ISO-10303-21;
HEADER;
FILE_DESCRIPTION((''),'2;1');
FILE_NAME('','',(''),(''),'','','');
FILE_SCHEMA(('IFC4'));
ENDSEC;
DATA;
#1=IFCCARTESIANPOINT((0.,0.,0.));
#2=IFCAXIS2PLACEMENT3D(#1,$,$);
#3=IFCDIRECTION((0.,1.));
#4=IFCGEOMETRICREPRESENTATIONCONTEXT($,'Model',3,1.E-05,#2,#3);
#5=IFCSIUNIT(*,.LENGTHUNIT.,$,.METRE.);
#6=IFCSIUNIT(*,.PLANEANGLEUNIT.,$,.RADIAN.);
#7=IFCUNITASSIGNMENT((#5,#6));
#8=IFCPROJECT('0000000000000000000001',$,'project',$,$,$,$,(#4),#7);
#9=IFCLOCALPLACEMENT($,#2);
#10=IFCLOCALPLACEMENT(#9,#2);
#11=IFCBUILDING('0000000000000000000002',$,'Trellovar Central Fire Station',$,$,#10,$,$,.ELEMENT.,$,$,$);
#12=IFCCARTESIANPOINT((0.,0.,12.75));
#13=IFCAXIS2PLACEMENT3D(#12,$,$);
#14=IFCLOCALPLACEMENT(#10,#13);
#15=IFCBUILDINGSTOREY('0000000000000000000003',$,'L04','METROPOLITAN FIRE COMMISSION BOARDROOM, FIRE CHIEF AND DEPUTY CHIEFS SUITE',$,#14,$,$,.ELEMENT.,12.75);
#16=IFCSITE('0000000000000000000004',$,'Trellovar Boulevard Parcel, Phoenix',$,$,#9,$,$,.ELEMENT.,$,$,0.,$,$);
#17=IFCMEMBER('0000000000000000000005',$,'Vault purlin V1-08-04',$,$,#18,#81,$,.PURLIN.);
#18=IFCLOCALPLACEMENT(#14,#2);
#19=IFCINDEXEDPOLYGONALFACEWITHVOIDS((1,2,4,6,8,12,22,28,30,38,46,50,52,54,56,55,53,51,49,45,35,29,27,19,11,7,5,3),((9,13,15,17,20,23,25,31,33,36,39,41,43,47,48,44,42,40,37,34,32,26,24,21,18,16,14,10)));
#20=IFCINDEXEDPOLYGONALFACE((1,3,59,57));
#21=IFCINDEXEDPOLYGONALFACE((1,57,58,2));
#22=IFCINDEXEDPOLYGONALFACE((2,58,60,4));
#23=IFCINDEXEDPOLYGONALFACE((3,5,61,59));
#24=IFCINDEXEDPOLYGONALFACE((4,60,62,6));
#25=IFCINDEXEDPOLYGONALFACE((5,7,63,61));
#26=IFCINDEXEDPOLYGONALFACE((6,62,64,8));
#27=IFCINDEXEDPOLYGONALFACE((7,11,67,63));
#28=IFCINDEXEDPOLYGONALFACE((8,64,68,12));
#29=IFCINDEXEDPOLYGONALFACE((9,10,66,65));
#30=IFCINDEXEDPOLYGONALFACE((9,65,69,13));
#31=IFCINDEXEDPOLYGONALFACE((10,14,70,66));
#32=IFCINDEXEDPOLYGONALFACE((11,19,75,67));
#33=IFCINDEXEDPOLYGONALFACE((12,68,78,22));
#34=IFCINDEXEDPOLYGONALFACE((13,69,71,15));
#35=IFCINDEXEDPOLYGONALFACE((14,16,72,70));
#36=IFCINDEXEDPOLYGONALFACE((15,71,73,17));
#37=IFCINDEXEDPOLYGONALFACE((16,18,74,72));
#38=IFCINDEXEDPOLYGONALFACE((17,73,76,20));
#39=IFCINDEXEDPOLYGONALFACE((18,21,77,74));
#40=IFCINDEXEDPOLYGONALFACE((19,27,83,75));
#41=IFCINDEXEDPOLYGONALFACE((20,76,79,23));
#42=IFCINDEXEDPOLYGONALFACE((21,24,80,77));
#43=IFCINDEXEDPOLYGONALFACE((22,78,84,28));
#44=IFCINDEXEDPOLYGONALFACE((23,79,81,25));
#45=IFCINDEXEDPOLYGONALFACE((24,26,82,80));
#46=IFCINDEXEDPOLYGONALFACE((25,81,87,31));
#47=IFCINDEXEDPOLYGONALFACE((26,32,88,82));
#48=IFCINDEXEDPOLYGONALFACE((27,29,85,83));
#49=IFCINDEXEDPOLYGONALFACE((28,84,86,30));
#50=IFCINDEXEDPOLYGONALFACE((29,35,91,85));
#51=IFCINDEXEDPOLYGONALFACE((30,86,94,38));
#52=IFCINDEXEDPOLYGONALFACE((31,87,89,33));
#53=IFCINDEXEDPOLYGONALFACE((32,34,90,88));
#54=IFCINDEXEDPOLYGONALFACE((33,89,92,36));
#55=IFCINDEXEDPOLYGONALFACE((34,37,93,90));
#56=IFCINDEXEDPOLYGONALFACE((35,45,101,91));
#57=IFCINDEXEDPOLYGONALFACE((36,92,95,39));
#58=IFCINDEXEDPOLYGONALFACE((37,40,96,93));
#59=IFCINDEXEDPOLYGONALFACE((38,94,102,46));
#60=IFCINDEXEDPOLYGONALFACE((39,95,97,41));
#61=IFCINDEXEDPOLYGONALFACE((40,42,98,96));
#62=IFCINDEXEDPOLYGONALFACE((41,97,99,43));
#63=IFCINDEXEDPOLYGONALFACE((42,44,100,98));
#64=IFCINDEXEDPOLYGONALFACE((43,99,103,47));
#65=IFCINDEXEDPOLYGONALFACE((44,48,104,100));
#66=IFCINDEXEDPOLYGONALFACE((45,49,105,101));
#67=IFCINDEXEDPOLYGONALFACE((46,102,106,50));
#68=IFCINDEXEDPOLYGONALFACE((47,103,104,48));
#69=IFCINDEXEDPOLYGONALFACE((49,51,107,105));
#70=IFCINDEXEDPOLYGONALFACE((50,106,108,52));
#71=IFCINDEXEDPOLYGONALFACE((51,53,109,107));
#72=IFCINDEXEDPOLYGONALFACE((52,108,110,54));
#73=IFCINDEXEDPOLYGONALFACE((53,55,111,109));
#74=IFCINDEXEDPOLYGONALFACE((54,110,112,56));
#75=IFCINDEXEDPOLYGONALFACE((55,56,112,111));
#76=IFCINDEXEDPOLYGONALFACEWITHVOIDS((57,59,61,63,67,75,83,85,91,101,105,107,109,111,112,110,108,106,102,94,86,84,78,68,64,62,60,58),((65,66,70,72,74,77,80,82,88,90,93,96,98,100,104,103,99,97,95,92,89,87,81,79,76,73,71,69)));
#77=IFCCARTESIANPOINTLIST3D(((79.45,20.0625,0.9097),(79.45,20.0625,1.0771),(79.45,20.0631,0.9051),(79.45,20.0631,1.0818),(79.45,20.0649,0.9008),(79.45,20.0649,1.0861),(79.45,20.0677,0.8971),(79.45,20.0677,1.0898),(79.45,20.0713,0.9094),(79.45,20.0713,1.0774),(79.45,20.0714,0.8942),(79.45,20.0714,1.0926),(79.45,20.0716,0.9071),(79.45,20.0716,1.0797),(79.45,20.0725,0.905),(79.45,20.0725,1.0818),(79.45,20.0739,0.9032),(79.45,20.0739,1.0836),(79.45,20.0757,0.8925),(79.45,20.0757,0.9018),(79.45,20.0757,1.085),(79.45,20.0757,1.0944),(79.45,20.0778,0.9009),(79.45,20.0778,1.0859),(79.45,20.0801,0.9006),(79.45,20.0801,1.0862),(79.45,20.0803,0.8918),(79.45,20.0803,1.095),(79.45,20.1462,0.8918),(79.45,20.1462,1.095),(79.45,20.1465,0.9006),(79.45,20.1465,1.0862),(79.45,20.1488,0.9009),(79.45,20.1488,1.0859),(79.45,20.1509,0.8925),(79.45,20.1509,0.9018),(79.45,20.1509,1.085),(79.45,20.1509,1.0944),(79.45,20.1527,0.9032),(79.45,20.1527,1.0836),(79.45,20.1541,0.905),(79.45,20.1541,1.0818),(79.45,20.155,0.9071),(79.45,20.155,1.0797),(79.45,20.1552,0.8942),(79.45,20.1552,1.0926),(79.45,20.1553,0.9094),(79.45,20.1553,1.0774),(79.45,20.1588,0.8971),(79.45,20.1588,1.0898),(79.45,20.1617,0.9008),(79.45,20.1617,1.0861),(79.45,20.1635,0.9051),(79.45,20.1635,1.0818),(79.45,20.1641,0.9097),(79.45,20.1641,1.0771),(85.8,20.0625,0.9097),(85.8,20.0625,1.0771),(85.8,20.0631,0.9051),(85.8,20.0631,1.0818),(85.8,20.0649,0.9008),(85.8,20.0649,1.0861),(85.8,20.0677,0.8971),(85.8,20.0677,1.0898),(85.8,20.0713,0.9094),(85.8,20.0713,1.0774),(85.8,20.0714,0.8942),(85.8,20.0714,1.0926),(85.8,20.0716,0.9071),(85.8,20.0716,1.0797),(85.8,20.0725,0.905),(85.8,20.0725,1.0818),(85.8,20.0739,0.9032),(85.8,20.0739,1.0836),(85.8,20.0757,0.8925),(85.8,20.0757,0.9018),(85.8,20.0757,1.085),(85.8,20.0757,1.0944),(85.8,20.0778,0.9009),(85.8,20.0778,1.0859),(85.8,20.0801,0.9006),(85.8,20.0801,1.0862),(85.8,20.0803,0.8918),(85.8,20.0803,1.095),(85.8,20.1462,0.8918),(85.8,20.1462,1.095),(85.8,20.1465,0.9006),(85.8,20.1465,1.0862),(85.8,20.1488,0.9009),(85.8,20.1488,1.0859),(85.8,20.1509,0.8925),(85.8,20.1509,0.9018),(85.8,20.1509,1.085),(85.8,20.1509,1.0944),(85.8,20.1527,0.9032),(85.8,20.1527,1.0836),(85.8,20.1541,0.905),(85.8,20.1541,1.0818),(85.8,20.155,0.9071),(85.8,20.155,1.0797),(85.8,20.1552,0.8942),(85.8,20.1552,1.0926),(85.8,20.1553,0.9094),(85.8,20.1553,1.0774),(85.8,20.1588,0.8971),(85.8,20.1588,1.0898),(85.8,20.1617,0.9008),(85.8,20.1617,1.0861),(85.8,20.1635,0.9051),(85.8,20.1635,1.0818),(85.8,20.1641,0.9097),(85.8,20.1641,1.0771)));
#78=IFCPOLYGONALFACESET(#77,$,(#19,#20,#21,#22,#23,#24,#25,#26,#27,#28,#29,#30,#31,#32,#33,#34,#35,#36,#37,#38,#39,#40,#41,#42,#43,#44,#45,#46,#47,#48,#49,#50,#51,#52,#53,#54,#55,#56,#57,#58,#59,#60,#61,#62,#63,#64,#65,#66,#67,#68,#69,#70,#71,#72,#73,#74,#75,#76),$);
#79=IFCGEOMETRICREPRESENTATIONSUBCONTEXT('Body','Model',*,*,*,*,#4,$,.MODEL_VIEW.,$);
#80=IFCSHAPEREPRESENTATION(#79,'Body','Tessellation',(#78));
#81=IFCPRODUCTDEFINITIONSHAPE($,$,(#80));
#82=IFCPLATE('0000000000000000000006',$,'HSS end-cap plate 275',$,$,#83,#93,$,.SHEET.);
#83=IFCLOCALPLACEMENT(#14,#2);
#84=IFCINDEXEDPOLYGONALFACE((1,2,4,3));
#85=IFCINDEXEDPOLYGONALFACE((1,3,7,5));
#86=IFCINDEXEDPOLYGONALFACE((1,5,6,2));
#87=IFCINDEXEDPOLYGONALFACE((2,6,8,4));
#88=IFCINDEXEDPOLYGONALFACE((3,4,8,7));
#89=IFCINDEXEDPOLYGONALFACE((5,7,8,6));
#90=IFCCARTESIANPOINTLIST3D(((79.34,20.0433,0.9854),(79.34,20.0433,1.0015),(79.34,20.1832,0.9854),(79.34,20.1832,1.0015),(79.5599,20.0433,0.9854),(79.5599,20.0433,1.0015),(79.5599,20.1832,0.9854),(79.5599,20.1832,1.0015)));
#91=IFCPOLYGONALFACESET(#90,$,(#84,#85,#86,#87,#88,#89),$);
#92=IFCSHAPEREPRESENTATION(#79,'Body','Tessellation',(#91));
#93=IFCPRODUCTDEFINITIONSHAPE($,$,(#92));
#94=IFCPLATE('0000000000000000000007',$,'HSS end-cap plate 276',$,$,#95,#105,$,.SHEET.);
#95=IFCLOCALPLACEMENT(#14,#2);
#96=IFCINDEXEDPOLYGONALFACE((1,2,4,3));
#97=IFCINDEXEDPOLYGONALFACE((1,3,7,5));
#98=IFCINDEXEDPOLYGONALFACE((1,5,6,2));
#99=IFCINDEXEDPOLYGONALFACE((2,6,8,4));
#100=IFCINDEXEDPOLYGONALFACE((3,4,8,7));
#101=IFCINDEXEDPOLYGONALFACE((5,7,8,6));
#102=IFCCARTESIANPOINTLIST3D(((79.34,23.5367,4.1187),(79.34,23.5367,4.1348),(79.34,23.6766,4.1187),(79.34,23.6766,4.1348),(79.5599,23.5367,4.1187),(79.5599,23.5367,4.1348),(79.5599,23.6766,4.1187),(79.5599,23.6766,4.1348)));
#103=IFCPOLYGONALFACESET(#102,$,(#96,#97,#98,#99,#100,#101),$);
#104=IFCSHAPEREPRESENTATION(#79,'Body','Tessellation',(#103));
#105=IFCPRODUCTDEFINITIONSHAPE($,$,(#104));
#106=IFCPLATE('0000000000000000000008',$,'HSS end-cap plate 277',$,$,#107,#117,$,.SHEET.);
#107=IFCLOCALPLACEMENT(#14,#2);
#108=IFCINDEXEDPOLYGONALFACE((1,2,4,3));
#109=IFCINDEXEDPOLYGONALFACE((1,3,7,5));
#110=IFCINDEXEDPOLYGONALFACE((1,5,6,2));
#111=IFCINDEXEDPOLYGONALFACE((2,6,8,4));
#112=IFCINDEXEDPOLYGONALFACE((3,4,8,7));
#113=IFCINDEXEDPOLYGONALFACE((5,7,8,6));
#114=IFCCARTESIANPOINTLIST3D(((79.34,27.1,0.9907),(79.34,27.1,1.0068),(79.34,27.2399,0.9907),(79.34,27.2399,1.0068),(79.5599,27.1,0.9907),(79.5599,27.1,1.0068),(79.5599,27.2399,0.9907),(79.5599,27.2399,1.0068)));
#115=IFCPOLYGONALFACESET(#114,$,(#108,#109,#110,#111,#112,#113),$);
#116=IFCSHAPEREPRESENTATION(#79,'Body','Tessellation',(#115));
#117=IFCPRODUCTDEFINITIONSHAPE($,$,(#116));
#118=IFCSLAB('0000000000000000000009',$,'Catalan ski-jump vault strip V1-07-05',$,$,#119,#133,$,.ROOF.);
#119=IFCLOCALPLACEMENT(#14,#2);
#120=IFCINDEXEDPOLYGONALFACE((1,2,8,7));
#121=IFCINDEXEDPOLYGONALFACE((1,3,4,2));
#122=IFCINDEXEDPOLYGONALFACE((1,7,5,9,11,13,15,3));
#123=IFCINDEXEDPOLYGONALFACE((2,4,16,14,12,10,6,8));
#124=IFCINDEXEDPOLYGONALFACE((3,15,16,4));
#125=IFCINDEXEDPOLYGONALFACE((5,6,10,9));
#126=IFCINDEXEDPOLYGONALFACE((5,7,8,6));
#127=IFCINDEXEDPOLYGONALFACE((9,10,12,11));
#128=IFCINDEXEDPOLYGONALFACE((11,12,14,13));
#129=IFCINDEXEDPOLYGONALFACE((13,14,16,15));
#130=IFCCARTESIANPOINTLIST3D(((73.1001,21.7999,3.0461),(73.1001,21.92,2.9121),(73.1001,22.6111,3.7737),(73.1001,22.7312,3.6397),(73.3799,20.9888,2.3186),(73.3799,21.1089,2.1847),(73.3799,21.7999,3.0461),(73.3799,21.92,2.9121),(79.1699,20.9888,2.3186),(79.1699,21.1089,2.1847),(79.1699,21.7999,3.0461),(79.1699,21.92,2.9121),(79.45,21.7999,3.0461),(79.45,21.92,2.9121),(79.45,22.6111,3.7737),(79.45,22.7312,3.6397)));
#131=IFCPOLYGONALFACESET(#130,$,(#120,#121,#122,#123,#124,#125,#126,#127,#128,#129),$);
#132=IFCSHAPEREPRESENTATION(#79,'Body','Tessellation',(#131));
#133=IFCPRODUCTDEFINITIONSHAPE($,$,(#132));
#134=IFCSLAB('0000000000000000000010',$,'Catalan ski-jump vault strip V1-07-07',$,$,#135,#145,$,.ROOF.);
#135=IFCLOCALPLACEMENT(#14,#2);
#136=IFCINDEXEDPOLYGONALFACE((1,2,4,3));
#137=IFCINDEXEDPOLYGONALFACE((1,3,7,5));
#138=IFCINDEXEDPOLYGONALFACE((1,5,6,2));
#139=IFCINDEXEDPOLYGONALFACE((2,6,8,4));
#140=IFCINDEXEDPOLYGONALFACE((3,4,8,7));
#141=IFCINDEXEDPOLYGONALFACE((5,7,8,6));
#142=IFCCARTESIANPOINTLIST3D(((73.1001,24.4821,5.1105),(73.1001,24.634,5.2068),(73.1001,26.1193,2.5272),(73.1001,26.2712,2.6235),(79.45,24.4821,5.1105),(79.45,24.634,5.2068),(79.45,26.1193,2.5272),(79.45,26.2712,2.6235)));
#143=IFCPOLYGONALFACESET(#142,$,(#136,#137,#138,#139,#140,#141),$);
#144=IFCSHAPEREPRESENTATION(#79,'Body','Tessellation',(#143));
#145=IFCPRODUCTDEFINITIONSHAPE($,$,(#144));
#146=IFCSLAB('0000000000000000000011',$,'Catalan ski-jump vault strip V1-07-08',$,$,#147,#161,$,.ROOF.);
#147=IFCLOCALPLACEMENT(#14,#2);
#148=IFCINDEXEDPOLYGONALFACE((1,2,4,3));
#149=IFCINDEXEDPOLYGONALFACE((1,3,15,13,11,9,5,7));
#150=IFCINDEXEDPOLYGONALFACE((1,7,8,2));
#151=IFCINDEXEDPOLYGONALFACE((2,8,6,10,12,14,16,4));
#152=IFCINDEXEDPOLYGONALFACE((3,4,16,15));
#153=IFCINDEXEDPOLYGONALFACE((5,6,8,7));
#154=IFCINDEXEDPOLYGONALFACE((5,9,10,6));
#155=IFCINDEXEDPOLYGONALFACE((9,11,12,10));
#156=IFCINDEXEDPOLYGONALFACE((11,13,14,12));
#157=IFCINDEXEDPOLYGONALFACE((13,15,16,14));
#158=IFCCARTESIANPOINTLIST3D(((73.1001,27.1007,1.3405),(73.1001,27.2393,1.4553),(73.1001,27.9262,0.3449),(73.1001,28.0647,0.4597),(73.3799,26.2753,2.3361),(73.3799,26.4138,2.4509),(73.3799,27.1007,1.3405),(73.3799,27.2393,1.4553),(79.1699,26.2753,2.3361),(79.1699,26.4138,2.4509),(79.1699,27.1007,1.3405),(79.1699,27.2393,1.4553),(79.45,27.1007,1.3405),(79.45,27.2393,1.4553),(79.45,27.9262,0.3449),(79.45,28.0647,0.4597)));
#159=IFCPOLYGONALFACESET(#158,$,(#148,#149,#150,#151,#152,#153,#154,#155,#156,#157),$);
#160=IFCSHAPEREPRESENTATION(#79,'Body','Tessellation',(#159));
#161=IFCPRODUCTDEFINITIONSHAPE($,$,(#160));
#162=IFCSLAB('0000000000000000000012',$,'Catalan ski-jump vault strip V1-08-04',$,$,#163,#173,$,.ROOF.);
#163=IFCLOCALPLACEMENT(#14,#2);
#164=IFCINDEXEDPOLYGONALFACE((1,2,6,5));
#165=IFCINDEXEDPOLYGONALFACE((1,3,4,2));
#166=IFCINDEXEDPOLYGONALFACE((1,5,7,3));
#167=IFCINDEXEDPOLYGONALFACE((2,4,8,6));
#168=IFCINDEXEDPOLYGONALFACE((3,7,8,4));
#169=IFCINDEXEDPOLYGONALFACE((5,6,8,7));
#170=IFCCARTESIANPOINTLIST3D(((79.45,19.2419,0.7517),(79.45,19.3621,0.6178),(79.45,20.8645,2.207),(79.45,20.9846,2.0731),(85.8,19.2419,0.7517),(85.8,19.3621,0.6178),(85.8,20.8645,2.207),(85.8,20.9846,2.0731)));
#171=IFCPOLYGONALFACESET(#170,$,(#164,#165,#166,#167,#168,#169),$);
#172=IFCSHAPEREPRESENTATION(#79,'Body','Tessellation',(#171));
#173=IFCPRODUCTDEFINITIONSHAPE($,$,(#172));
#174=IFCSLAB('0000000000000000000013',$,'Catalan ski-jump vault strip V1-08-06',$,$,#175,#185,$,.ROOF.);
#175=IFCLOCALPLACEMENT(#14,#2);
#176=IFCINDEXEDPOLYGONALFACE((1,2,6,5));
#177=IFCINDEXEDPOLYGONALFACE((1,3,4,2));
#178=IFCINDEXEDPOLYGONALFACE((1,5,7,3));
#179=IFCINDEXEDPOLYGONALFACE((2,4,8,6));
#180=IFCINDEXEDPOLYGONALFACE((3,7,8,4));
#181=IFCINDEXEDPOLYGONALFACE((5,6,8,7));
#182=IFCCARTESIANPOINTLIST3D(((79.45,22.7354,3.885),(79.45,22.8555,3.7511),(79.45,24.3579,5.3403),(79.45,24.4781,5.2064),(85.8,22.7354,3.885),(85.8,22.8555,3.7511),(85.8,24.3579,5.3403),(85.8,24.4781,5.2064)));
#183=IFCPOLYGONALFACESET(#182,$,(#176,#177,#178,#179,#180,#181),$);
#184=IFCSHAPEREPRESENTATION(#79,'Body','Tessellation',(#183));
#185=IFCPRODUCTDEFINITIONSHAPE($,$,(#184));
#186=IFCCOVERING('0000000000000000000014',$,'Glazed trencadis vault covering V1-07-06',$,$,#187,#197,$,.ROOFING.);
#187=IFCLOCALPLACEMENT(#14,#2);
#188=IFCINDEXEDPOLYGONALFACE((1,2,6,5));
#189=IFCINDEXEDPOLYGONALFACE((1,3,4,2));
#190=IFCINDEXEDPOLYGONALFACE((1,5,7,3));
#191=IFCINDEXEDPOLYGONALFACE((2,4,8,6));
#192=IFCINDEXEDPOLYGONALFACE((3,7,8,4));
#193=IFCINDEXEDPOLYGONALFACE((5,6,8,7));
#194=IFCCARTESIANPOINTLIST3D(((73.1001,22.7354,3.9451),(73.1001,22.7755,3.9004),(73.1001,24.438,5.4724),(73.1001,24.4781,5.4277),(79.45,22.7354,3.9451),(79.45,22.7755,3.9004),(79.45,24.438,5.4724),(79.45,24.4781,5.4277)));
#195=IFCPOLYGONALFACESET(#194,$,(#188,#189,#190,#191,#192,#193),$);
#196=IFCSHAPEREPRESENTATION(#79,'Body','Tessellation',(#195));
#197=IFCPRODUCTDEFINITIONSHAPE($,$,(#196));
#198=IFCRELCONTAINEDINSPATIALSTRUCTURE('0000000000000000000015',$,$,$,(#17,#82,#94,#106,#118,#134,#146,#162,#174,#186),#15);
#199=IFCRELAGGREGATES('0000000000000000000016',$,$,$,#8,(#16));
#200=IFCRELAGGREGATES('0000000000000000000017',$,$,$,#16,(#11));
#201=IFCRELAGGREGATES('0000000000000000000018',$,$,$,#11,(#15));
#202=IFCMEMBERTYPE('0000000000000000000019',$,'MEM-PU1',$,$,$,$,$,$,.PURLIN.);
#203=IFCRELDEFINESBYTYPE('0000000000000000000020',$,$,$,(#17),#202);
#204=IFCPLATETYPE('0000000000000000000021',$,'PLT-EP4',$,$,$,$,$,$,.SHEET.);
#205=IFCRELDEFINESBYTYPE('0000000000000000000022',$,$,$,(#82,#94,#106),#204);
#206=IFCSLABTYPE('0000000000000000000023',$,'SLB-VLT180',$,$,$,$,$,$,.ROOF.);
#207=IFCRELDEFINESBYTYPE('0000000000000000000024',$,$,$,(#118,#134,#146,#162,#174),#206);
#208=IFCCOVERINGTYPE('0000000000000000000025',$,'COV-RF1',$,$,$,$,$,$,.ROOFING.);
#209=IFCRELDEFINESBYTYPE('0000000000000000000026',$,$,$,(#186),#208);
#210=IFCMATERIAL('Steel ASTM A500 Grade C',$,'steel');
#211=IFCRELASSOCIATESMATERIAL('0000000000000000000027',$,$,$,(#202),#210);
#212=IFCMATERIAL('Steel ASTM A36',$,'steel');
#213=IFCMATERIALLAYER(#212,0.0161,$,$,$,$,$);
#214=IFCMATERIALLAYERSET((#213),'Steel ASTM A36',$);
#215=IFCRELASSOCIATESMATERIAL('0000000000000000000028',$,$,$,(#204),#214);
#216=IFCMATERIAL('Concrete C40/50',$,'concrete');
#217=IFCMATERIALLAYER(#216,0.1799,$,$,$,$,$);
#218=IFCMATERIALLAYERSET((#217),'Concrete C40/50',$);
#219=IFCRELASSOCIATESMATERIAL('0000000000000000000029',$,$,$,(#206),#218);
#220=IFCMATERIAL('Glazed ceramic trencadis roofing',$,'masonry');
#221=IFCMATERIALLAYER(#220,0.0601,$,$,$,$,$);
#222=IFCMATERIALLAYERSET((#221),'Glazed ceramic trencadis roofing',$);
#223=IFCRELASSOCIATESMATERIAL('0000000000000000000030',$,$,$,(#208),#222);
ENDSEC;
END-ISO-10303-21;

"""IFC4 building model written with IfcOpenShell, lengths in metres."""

from ifc_helpers import new_model, si_unit, direction, frame, origin, origin_2d, place, context, subcontext, project, spatial, polyline, rectangle, hollow_rectangle, outline, extrude, material, layer, layer_set, material_profile, profile_set, type_object, element, save


model = new_model("IFC4")

# Units and contexts
model_context = context("Model", 3, precision=1e-05, world=origin(), true_north=direction((0.0, 1.0)))
body_context = subcontext(model_context, "Body", "Model", "MODEL_VIEW")
ifc_project = project(units=[si_unit("LENGTHUNIT", "METRE"), si_unit("PLANEANGLEUNIT", "RADIAN")], contexts=[model_context])

# Site, building, storey
site_placement = place(None, origin())
site = spatial("IfcSite", under=ifc_project, at=site_placement, Name="Trellovar Boulevard Parcel, Phoenix", CompositionType="ELEMENT", RefElevation=0.0)
building_placement = place(site_placement, origin())
building = spatial("IfcBuilding", under=site, at=building_placement, Name="Trellovar Central Fire Station", CompositionType="ELEMENT")
storey_placement = place(building_placement, frame((0.0, 0.0, 12.75)))
storey = spatial("IfcBuildingStorey", under=building, at=storey_placement, Name="L04", Description="METROPOLITAN FIRE COMMISSION BOARDROOM, FIRE CHIEF AND DEPUTY CHIEFS SUITE", CompositionType="ELEMENT", Elevation=12.75)

# Member
ifc_material_1 = material(Name="Steel ASTM A500 Grade C", Category="steel")
ifc_material_profile_1 = material_profile(ifc_material_1, hollow_rectangle(XDim=0.1016, YDim=0.2031, WallThickness=0.0088, InnerFilletRadius=0.0088, OuterFilletRadius=0.0178, at=origin_2d()), Name="HSS8X4X3/8")
ifc_profile_set_1 = profile_set([ifc_material_profile_1], Name="Steel ASTM A500 Grade C")
member_type_1 = type_object("IfcMemberType", Name="MEM-PU1", PredefinedType="PURLIN", material=ifc_profile_set_1)
member_1_placement = place(storey_placement, frame((79.45, 20.1133, 0.9934), z_axis=(1.0, 0.0, 0.0), x_axis=(0.0, 1.0, 0.0)))
element("IfcMember", 1, at=member_1_placement, inside=storey, type_object=member_type_1, Name="Vault purlin V1-08-04", PredefinedType="PURLIN", context=body_context, shape_type="SweptSolid", body=[
    extrude(hollow_rectangle(XDim=0.1016, YDim=0.2031, WallThickness=0.0088, InnerFilletRadius=0.0088, OuterFilletRadius=0.0178, at=origin_2d()), origin(), (0.0, 0.0, 1.0), 6.3501),
])

# Plates
ifc_material_2 = material(Name="Steel ASTM A36", Category="steel")
ifc_layer_1 = layer(ifc_material_2, 0.0161)
ifc_layer_set_1 = layer_set([ifc_layer_1], Name="Steel ASTM A36")
plate_type = type_object("IfcPlateType", Name="PLT-EP4", PredefinedType="SHEET", material=ifc_layer_set_1)
for number, where, z_axis, x_axis, name in (
    (2, (79.45, 20.1133, 0.9854), (0.0, 0.0, 1.0), (1.0, 0.0, 0.0), "HSS end-cap plate 275"),
    (3, (79.45, 23.6067, 4.1187), (0.0, 0.0, 1.0), (1.0, 0.0, 0.0), "HSS end-cap plate 276"),
    (4, (79.45, 27.1699, 0.9907), (0.0, 0.0, 1.0), (1.0, 0.0, 0.0), "HSS end-cap plate 277"),
):
    element("IfcPlate", number, at=place(storey_placement, frame(where, z_axis=z_axis, x_axis=x_axis)), inside=storey, type_object=plate_type, Name=name, PredefinedType="SHEET", context=body_context, shape_type="SweptSolid", body=[
        extrude(rectangle(XDim=0.22, YDim=0.1399, at=origin_2d()), origin(), (0.0, 0.0, 1.0), 0.0161),
    ])

# Slabs
ifc_material_3 = material(Name="Concrete C40/50", Category="concrete")
ifc_layer_2 = layer(ifc_material_3, 0.1799)
ifc_layer_set_2 = layer_set([ifc_layer_2], Name="Concrete C40/50")
slab_type = type_object("IfcSlabType", Name="SLB-VLT180", PredefinedType="ROOF", material=ifc_layer_set_2)
slab_1_placement = place(storey_placement, frame((73.3799, 20.9888, 2.3186), z_axis=(0.0, -0.667692, 0.744437), x_axis=(1.0, 0.0, 0.0)))
element("IfcSlab", 5, at=slab_1_placement, inside=storey, type_object=slab_type, Name="Catalan ski-jump vault strip V1-07-05", PredefinedType="ROOF", context=body_context, shape_type="SweptSolid", body=[
    extrude(outline(polyline([(0.0, 0.0), (5.79, 0.0), (5.79, 1.0895), (6.0701, 1.0895), (6.0701, 2.1793), (-0.2798, 2.1793), (-0.2798, 1.0895), (0.0, 1.0895), (0.0, 0.0)])), origin(), (0.0, 0.0, -1.0), 0.1799),
])
slab_2_placement = place(storey_placement, frame((73.1001, 24.634, 5.2068), z_axis=(0.0, 0.844649, 0.53532), x_axis=(1.0, 0.0, 0.0)))
element("IfcSlab", 6, at=slab_2_placement, inside=storey, type_object=slab_type, Name="Catalan ski-jump vault strip V1-07-07", PredefinedType="ROOF", context=body_context, shape_type="SweptSolid", body=[
    extrude(outline(polyline([(0.0, 0.0), (6.3499, 0.0), (6.3499, 3.0584), (0.0, 3.0584), (0.0, 0.0)])), origin(), (0.0, 0.0, -1.0), 0.1799),
])
slab_3_placement = place(storey_placement, frame((73.3799, 26.4138, 2.4509), z_axis=(0.0, 0.769828, 0.638251), x_axis=(1.0, 0.0, 0.0)))
element("IfcSlab", 7, at=slab_3_placement, inside=storey, type_object=slab_type, Name="Catalan ski-jump vault strip V1-07-08", PredefinedType="ROOF", context=body_context, shape_type="SweptSolid", body=[
    extrude(outline(polyline([(0.0, 0.0), (5.79, 0.0), (5.79, 1.2933), (6.0701, 1.2933), (6.0701, 2.5866), (-0.2798, 2.5866), (-0.2798, 1.2933), (0.0, 1.2933), (0.0, 0.0)])), origin(), (0.0, 0.0, -1.0), 0.1799),
])
for number, where, z_axis, x_axis, name in (
    (8, (79.45, 19.2419, 0.7517), (0.0, -0.667701, 0.744429), (1.0, 0.0, 0.0), "Catalan ski-jump vault strip V1-08-04"),
    (9, (79.45, 22.7354, 3.885), (0.0, -0.667701, 0.744429), (1.0, 0.0, 0.0), "Catalan ski-jump vault strip V1-08-06"),
):
    element("IfcSlab", number, at=place(storey_placement, frame(where, z_axis=z_axis, x_axis=x_axis)), inside=storey, type_object=slab_type, Name=name, PredefinedType="ROOF", context=body_context, shape_type="SweptSolid", body=[
        extrude(outline(polyline([(0.0, 0.0), (6.3501, 0.0), (6.3501, 2.1796), (0.0, 2.1796), (0.0, 0.0)])), origin(), (0.0, 0.0, -1.0), 0.1799),
    ])

# Covering
ifc_material_4 = material(Name="Glazed ceramic trencadis roofing", Category="masonry")
ifc_layer_3 = layer(ifc_material_4, 0.0601)
ifc_layer_set_3 = layer_set([ifc_layer_3], Name="Glazed ceramic trencadis roofing")
covering_type = type_object("IfcCoveringType", Name="COV-RF1", PredefinedType="ROOFING", material=ifc_layer_set_3)
covering_1_placement = place(storey_placement, frame((73.1001, 22.7354, 3.9451), z_axis=(0.0, -0.667749, 0.744386), x_axis=(1.0, 0.0, 0.0)))
element("IfcCovering", 10, at=covering_1_placement, inside=storey, type_object=covering_type, Name="Glazed trencadis vault covering V1-07-06", PredefinedType="ROOFING", context=body_context, shape_type="SweptSolid", body=[
    extrude(outline(polyline([(0.0, 0.0), (6.3499, 0.0), (6.3499, 2.2873), (0.0, 2.2873), (0.0, 0.0)])), origin(), (0.0, 0.0, -1.0), 0.0601),
])

save(model, "model.ifc")
